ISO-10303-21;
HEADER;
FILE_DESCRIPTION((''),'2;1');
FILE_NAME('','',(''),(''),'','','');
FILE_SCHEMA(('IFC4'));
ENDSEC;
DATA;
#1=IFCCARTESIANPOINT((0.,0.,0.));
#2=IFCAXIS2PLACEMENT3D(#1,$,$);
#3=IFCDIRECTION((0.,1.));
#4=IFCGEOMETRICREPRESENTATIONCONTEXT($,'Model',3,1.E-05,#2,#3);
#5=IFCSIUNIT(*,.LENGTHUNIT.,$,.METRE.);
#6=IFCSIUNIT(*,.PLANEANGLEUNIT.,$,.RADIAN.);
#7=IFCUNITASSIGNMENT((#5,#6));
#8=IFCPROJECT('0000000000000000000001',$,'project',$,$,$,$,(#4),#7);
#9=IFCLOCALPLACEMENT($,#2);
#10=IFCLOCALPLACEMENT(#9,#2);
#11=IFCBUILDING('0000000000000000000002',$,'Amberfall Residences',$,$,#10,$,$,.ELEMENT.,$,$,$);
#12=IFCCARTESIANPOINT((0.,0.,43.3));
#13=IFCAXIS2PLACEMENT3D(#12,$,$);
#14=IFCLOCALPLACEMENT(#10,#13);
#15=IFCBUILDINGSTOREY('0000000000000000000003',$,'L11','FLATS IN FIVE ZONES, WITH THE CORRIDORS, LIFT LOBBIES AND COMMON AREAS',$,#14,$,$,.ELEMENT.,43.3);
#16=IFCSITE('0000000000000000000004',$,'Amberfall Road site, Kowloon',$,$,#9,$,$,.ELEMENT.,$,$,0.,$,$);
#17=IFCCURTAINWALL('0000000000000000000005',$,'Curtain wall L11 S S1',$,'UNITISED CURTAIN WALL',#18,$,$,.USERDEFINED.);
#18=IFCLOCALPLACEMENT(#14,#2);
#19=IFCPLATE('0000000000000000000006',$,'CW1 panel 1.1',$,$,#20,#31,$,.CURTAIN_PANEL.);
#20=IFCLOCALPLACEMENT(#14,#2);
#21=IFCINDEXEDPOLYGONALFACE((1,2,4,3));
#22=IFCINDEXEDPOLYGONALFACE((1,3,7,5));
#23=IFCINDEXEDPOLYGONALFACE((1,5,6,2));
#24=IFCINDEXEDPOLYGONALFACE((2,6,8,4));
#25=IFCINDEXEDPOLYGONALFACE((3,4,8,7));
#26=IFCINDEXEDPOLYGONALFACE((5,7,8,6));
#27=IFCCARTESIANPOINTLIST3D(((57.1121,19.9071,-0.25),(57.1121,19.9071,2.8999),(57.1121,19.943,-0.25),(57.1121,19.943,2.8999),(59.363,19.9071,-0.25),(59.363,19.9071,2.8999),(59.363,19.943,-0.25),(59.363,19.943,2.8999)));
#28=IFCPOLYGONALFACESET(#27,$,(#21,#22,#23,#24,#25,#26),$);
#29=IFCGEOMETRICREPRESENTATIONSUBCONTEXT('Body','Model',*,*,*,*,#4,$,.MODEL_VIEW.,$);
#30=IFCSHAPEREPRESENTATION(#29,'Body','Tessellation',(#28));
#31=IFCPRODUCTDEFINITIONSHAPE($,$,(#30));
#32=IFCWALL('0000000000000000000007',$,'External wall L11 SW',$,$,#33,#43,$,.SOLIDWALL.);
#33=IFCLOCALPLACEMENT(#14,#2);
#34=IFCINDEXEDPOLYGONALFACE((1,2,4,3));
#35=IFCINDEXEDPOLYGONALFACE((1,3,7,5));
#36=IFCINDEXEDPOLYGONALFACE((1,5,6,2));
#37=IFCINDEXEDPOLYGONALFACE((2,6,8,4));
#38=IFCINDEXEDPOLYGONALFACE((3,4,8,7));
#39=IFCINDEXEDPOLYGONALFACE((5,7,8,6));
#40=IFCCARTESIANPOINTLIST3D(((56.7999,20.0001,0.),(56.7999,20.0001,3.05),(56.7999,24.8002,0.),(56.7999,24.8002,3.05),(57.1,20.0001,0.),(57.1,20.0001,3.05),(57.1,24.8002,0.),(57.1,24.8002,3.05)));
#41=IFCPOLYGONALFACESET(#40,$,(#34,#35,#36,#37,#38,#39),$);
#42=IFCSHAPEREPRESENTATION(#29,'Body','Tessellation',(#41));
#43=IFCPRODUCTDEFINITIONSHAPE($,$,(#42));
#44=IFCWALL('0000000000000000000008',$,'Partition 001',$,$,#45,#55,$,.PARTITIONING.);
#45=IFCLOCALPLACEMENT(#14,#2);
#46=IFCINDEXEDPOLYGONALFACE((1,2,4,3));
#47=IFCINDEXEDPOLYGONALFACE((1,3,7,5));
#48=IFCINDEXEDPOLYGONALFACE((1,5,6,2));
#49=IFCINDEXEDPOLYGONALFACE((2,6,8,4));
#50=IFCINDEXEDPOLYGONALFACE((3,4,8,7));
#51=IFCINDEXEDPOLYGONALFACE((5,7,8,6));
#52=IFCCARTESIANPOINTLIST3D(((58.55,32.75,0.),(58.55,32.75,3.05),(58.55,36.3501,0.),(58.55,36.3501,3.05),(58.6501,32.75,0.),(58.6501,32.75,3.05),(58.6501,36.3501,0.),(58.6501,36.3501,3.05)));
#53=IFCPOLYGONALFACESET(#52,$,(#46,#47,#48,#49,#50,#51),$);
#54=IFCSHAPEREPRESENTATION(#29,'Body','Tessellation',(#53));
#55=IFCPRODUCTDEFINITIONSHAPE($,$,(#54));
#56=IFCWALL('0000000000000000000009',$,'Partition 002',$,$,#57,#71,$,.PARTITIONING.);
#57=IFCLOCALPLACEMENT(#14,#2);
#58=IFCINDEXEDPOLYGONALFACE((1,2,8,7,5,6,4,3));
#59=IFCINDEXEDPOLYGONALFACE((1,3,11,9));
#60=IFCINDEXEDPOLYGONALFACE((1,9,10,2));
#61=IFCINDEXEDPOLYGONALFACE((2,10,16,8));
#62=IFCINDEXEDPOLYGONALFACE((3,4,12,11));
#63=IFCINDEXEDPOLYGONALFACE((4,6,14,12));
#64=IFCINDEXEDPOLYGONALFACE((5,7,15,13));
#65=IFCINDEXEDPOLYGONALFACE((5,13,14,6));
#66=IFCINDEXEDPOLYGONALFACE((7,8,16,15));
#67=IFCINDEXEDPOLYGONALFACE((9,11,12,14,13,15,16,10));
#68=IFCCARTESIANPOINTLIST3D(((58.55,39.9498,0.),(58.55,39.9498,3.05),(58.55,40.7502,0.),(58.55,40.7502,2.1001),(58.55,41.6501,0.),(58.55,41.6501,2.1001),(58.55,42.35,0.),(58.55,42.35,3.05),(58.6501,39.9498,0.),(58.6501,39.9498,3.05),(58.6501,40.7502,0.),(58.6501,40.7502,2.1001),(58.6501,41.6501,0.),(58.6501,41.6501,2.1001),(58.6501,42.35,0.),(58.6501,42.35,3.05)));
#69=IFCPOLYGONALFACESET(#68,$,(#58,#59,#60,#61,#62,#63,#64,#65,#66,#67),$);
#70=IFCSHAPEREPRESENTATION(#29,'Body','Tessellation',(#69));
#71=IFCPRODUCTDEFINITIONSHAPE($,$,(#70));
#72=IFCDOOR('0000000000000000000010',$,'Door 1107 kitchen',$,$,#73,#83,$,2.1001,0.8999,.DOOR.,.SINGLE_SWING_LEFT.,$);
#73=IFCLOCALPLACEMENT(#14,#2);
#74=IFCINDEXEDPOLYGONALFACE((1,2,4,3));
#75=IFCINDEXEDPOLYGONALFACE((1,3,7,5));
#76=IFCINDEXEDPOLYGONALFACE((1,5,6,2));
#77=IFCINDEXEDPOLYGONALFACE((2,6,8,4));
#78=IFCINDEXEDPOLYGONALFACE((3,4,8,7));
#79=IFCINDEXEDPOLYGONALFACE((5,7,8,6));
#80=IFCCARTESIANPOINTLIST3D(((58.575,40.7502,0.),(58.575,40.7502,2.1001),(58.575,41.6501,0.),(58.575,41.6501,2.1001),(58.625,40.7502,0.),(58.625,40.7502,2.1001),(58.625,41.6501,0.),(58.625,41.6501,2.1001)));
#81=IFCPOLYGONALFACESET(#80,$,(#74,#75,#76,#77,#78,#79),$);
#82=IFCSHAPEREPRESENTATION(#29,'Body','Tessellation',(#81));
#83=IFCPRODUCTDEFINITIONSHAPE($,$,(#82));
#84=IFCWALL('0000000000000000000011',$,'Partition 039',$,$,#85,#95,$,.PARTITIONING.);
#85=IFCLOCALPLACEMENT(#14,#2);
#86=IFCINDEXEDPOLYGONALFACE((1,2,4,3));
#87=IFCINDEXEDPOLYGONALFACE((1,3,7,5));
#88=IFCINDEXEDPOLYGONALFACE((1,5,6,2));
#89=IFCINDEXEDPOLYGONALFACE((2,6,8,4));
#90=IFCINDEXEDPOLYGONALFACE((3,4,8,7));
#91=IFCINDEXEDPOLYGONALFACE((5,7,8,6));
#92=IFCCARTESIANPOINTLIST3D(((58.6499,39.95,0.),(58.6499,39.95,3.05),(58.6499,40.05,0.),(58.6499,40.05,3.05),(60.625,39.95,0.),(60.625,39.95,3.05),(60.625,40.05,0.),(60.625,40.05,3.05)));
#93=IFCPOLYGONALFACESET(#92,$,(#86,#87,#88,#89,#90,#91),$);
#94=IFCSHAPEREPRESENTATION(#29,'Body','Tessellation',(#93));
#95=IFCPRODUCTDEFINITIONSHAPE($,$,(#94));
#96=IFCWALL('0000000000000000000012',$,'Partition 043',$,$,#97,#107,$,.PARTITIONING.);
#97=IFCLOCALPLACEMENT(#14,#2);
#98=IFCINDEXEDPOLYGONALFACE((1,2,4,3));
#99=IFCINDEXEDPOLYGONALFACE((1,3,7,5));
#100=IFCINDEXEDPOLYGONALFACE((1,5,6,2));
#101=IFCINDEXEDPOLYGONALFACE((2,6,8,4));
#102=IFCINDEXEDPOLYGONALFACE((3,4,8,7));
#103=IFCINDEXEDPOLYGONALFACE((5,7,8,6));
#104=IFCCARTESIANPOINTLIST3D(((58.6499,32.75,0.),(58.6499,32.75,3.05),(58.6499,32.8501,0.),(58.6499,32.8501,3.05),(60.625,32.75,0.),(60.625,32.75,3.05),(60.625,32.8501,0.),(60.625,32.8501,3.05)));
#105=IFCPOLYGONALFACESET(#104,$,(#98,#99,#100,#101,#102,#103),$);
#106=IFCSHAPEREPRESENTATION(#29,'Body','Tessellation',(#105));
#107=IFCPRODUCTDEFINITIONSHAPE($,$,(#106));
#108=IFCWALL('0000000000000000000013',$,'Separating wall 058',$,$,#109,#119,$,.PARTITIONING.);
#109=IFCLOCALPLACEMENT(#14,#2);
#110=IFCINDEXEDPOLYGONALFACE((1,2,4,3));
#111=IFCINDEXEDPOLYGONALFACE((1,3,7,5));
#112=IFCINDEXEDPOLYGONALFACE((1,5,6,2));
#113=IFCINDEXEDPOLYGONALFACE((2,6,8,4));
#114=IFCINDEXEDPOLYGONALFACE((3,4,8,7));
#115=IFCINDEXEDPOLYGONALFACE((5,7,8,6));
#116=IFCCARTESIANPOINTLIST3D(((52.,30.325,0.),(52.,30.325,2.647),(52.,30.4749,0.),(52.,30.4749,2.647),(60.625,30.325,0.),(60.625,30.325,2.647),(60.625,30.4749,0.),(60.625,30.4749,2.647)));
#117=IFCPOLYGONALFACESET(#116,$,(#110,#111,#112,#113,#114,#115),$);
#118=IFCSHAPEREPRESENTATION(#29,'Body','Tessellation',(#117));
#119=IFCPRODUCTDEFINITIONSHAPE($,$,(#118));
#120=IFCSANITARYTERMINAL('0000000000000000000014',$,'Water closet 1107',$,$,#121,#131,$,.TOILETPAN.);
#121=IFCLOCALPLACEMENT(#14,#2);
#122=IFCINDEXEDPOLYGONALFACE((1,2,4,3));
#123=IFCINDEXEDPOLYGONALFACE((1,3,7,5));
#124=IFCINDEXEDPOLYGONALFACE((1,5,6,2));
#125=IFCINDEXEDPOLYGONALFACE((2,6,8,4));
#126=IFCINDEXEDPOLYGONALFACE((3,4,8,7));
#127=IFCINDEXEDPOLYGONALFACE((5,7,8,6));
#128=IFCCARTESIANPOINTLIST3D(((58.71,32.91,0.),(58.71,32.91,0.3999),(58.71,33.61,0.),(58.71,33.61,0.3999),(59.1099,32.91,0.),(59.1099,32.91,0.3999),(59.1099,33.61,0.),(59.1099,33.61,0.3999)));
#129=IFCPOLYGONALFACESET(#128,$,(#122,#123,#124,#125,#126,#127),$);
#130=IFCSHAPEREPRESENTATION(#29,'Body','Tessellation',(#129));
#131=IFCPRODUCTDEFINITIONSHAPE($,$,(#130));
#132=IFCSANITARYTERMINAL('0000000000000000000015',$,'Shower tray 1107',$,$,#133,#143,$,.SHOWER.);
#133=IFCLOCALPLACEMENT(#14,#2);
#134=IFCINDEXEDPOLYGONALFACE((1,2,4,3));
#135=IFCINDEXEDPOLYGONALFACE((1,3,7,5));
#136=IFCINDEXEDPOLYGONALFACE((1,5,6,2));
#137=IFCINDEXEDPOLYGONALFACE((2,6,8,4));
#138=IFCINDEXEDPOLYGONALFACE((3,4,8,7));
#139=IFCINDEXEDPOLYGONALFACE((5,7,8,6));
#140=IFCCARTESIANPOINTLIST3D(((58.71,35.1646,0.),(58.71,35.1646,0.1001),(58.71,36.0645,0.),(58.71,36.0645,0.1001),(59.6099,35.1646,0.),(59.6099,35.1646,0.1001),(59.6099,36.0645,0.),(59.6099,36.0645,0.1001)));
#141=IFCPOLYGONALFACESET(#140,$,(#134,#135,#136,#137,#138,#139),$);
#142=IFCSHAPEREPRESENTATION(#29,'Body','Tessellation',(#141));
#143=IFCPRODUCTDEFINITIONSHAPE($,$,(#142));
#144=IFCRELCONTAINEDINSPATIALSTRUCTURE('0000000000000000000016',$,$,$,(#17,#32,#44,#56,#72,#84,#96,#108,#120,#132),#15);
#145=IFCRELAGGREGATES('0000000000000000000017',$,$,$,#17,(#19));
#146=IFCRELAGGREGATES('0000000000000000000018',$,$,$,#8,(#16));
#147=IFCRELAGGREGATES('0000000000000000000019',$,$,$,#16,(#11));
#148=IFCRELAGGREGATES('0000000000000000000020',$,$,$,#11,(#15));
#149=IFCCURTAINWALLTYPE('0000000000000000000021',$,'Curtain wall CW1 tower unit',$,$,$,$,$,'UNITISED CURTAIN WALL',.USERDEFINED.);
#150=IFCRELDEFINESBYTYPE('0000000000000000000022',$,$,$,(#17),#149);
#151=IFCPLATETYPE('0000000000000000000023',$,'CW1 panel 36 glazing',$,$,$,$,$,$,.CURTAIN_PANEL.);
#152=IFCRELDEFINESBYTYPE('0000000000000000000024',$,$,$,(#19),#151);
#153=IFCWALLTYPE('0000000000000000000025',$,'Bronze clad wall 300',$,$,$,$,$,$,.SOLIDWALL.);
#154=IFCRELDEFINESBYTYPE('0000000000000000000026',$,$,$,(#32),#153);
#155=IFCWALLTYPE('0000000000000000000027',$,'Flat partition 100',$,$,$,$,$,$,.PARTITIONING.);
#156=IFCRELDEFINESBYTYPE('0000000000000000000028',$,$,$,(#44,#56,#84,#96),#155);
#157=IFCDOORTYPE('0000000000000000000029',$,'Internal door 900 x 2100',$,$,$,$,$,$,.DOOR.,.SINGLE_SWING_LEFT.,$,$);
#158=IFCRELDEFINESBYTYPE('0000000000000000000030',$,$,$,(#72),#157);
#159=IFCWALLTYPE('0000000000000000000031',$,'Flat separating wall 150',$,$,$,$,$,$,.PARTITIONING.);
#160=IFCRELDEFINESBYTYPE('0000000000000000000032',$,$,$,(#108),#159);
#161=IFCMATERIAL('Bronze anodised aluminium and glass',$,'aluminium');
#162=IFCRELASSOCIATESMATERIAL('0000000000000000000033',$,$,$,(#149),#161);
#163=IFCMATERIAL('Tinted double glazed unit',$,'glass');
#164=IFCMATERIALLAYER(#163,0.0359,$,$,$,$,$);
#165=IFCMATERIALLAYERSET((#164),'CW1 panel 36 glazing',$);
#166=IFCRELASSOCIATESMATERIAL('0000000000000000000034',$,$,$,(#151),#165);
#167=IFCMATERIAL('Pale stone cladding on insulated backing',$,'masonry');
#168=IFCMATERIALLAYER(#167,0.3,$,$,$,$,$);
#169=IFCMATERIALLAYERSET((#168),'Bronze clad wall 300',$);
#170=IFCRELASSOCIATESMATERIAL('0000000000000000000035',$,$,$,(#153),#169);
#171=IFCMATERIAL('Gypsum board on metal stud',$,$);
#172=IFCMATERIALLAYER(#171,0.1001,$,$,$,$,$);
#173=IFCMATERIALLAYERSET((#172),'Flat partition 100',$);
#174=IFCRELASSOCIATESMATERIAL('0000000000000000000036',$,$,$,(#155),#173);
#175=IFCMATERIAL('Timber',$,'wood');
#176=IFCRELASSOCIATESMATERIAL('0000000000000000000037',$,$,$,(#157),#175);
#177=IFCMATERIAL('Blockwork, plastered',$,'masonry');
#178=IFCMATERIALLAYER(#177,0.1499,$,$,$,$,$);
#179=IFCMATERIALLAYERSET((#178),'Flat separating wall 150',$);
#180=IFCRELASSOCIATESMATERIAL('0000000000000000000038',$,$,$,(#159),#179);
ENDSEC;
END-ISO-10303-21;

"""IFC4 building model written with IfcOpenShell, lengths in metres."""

from ifc_helpers import new_model, si_unit, direction, frame, frame_2d, origin, origin_2d, place, context, subcontext, project, spatial, rectangle, extrude, material, layer, layer_set, type_object, element, fill, aggregate, save


model = new_model("IFC4")

# Units and contexts
model_context = context("Model", 3, precision=1e-05, world=origin(), true_north=direction((0.0, 1.0)))
body_context = subcontext(model_context, "Body", "Model", "MODEL_VIEW")
ifc_project = project(units=[si_unit("LENGTHUNIT", "METRE"), si_unit("PLANEANGLEUNIT", "RADIAN")], contexts=[model_context])

# Site, building, storey
site_placement = place(None, origin())
site = spatial("IfcSite", under=ifc_project, at=site_placement, Name="Amberfall Road site, Kowloon", CompositionType="ELEMENT", RefElevation=0.0)
building_placement = place(site_placement, origin())
building = spatial("IfcBuilding", under=site, at=building_placement, Name="Amberfall Residences", CompositionType="ELEMENT")
storey_placement = place(building_placement, frame((0.0, 0.0, 43.3)))
storey = spatial("IfcBuildingStorey", under=building, at=storey_placement, Name="L11", Description="FLATS IN FIVE ZONES, WITH THE CORRIDORS, LIFT LOBBIES AND COMMON AREAS", CompositionType="ELEMENT", Elevation=43.3)

# Curtain wall
ifc_material_1 = material(Name="Bronze anodised aluminium and glass", Category="aluminium")
curtain_wall_type = type_object("IfcCurtainWallType", Name="Curtain wall CW1 tower unit", ElementType="UNITISED CURTAIN WALL", PredefinedType="USERDEFINED", material=ifc_material_1)
curtain_wall_placement = place(storey_placement, origin())
curtain_wall = element("IfcCurtainWall", 1, at=curtain_wall_placement, inside=storey, type_object=curtain_wall_type, Name="Curtain wall L11 S S1", ObjectType="UNITISED CURTAIN WALL", PredefinedType="USERDEFINED")

# Plate
ifc_material_2 = material(Name="Tinted double glazed unit", Category="glass")
ifc_layer_1 = layer(ifc_material_2, 0.0359)
ifc_layer_set_1 = layer_set([ifc_layer_1], Name="CW1 panel 36 glazing")
plate_type = type_object("IfcPlateType", Name="CW1 panel 36 glazing", PredefinedType="CURTAIN_PANEL", material=ifc_layer_set_1)
plate_placement = place(storey_placement, frame((58.2375, 19.925, -0.25), z_axis=(0.0, 0.0, 1.0), x_axis=(1.0, 0.0, 0.0)))
plate = element("IfcPlate", 2, at=plate_placement, type_object=plate_type, Name="CW1 panel 1.1", PredefinedType="CURTAIN_PANEL", context=body_context, shape_type="SweptSolid", body=[
    extrude(rectangle(XDim=2.251, YDim=0.0359, at=origin_2d()), origin(), (0.0, 0.0, 1.0), 3.1499),
])
aggregate(curtain_wall, [plate])

# Walls
ifc_material_3 = material(Name="Pale stone cladding on insulated backing", Category="masonry")
ifc_layer_2 = layer(ifc_material_3, 0.3)
ifc_layer_set_2 = layer_set([ifc_layer_2], Name="Bronze clad wall 300")
wall_type_1 = type_object("IfcWallType", Name="Bronze clad wall 300", PredefinedType="SOLIDWALL", material=ifc_layer_set_2)
wall_1_placement = place(storey_placement, frame((56.95, 24.8, 0.0), z_axis=(0.0, 0.0, 1.0), x_axis=(0.0, -1.0, 0.0)))
element("IfcWall", 3, at=wall_1_placement, inside=storey, type_object=wall_type_1, Name="External wall L11 SW", PredefinedType="SOLIDWALL", context=body_context, shape_type="SweptSolid", body=[
    extrude(rectangle(XDim=4.8, YDim=0.3, at=frame_2d((2.3999, 0.0))), origin(), (0.0, 0.0, 1.0), 3.05),
])
ifc_material_4 = material(Name="Gypsum board on metal stud")
ifc_layer_3 = layer(ifc_material_4, 0.1001)
ifc_layer_set_3 = layer_set([ifc_layer_3], Name="Flat partition 100")
wall_type_2 = type_object("IfcWallType", Name="Flat partition 100", PredefinedType="PARTITIONING", material=ifc_layer_set_3)
wall_2_placement = place(storey_placement, frame((58.6001, 32.75, 0.0), z_axis=(0.0, 0.0, 1.0), x_axis=(0.0, 1.0, 0.0)))
element("IfcWall", 4, at=wall_2_placement, inside=storey, type_object=wall_type_2, Name="Partition 001", PredefinedType="PARTITIONING", context=body_context, shape_type="SweptSolid", body=[
    extrude(rectangle(XDim=3.6001, YDim=0.1001, at=frame_2d((1.8, 0.0))), origin(), (0.0, 0.0, 1.0), 3.05),
])

# Wall, opening, door
wall_3_placement = place(storey_placement, frame((58.6001, 42.3501, 0.0), z_axis=(0.0, 0.0, 1.0), x_axis=(0.0, -1.0, 0.0)))
wall_3 = element("IfcWall", 5, at=wall_3_placement, inside=storey, type_object=wall_type_2, Name="Partition 002", PredefinedType="PARTITIONING", context=body_context, shape_type="SweptSolid", body=[
    extrude(rectangle(XDim=2.4001, YDim=0.1001, at=frame_2d((1.2002, 0.0))), origin(), (0.0, 0.0, 1.0), 3.05),
])
opening_placement = place(wall_3_placement, frame((0.7, 0.0, 0.0)))
opening = element("IfcOpeningElement", 6, at=opening_placement, cuts=wall_3, PredefinedType="OPENING", context=body_context, shape_type="SweptSolid", body=[
    extrude(rectangle(XDim=0.8999, YDim=2.1001, at=frame_2d((0.45, 1.05))), frame((0.0, 0.0601, 0.0), z_axis=(0.0, -1.0, 0.0), x_axis=(1.0, 0.0, 0.0)), (0.0, 0.0, 1.0), 0.1201),
])
ifc_material_5 = material(Name="Timber", Category="wood")
door_type = type_object("IfcDoorType", Name="Internal door 900 x 2100", OperationType="SINGLE_SWING_LEFT", PredefinedType="DOOR", material=ifc_material_5)
door_placement = place(opening_placement, origin())
door = element("IfcDoor", 7, at=door_placement, inside=storey, type_object=door_type, Name="Door 1107 kitchen", OperationType="SINGLE_SWING_LEFT", OverallHeight=2.1001, OverallWidth=0.8999, PredefinedType="DOOR", context=body_context, shape_type="SweptSolid", body=[
    extrude(rectangle(XDim=0.8999, YDim=2.1001, at=frame_2d((0.45, 1.05))), frame((0.0, 0.0249, 0.0), z_axis=(0.0, -1.0, 0.0), x_axis=(1.0, 0.0, 0.0)), (0.0, 0.0, 1.0), 0.05),
])
fill(opening, door)

# Walls
for number, where, z_axis, x_axis, name in (
    (8, (58.6499, 40.0, 0.0), (0.0, 0.0, 1.0), (1.0, 0.0, 0.0), "Partition 039"),
    (9, (58.6499, 32.8, 0.0), (0.0, 0.0, 1.0), (1.0, 0.0, 0.0), "Partition 043"),
):
    element("IfcWall", number, at=place(storey_placement, frame(where, z_axis=z_axis, x_axis=x_axis)), inside=storey, type_object=wall_type_2, Name=name, PredefinedType="PARTITIONING", context=body_context, shape_type="SweptSolid", body=[
        extrude(rectangle(XDim=1.9751, YDim=0.1001, at=frame_2d((0.9875, 0.0))), origin(), (0.0, 0.0, 1.0), 3.05),
    ])
ifc_material_6 = material(Name="Blockwork, plastered", Category="masonry")
ifc_layer_4 = layer(ifc_material_6, 0.1499)
ifc_layer_set_4 = layer_set([ifc_layer_4], Name="Flat separating wall 150")
wall_type_3 = type_object("IfcWallType", Name="Flat separating wall 150", PredefinedType="PARTITIONING", material=ifc_layer_set_4)
wall_4_placement = place(storey_placement, frame((52.0, 30.3999, 0.0), z_axis=(0.0, 0.0, 1.0), x_axis=(1.0, 0.0, 0.0)))
element("IfcWall", 10, at=wall_4_placement, inside=storey, type_object=wall_type_3, Name="Separating wall 058", PredefinedType="PARTITIONING", context=body_context, shape_type="SweptSolid", body=[
    extrude(rectangle(XDim=8.625, YDim=0.1499, at=frame_2d((4.3125, 0.0))), origin(), (0.0, 0.0, 1.0), 2.647),
])

# Sanitary terminals
sanitary_terminal_1_placement = place(storey_placement, frame((58.9099, 33.26, 0.0), z_axis=(0.0, 0.0, 1.0), x_axis=(1.0, 0.0, 0.0)))
element("IfcSanitaryTerminal", 11, at=sanitary_terminal_1_placement, inside=storey, Name="Water closet 1107", PredefinedType="TOILETPAN", context=body_context, shape_type="SweptSolid", body=[
    extrude(rectangle(XDim=0.3999, YDim=0.7, at=origin_2d()), origin(), (0.0, 0.0, 1.0), 0.3999),
])
sanitary_terminal_2_placement = place(storey_placement, frame((59.1599, 35.6145, 0.0), z_axis=(0.0, 0.0, 1.0), x_axis=(1.0, 0.0, 0.0)))
element("IfcSanitaryTerminal", 12, at=sanitary_terminal_2_placement, inside=storey, Name="Shower tray 1107", PredefinedType="SHOWER", context=body_context, shape_type="SweptSolid", body=[
    extrude(rectangle(XDim=0.8999, YDim=0.8999, at=origin_2d()), origin(), (0.0, 0.0, 1.0), 0.1001),
])

save(model, "model.ifc")
